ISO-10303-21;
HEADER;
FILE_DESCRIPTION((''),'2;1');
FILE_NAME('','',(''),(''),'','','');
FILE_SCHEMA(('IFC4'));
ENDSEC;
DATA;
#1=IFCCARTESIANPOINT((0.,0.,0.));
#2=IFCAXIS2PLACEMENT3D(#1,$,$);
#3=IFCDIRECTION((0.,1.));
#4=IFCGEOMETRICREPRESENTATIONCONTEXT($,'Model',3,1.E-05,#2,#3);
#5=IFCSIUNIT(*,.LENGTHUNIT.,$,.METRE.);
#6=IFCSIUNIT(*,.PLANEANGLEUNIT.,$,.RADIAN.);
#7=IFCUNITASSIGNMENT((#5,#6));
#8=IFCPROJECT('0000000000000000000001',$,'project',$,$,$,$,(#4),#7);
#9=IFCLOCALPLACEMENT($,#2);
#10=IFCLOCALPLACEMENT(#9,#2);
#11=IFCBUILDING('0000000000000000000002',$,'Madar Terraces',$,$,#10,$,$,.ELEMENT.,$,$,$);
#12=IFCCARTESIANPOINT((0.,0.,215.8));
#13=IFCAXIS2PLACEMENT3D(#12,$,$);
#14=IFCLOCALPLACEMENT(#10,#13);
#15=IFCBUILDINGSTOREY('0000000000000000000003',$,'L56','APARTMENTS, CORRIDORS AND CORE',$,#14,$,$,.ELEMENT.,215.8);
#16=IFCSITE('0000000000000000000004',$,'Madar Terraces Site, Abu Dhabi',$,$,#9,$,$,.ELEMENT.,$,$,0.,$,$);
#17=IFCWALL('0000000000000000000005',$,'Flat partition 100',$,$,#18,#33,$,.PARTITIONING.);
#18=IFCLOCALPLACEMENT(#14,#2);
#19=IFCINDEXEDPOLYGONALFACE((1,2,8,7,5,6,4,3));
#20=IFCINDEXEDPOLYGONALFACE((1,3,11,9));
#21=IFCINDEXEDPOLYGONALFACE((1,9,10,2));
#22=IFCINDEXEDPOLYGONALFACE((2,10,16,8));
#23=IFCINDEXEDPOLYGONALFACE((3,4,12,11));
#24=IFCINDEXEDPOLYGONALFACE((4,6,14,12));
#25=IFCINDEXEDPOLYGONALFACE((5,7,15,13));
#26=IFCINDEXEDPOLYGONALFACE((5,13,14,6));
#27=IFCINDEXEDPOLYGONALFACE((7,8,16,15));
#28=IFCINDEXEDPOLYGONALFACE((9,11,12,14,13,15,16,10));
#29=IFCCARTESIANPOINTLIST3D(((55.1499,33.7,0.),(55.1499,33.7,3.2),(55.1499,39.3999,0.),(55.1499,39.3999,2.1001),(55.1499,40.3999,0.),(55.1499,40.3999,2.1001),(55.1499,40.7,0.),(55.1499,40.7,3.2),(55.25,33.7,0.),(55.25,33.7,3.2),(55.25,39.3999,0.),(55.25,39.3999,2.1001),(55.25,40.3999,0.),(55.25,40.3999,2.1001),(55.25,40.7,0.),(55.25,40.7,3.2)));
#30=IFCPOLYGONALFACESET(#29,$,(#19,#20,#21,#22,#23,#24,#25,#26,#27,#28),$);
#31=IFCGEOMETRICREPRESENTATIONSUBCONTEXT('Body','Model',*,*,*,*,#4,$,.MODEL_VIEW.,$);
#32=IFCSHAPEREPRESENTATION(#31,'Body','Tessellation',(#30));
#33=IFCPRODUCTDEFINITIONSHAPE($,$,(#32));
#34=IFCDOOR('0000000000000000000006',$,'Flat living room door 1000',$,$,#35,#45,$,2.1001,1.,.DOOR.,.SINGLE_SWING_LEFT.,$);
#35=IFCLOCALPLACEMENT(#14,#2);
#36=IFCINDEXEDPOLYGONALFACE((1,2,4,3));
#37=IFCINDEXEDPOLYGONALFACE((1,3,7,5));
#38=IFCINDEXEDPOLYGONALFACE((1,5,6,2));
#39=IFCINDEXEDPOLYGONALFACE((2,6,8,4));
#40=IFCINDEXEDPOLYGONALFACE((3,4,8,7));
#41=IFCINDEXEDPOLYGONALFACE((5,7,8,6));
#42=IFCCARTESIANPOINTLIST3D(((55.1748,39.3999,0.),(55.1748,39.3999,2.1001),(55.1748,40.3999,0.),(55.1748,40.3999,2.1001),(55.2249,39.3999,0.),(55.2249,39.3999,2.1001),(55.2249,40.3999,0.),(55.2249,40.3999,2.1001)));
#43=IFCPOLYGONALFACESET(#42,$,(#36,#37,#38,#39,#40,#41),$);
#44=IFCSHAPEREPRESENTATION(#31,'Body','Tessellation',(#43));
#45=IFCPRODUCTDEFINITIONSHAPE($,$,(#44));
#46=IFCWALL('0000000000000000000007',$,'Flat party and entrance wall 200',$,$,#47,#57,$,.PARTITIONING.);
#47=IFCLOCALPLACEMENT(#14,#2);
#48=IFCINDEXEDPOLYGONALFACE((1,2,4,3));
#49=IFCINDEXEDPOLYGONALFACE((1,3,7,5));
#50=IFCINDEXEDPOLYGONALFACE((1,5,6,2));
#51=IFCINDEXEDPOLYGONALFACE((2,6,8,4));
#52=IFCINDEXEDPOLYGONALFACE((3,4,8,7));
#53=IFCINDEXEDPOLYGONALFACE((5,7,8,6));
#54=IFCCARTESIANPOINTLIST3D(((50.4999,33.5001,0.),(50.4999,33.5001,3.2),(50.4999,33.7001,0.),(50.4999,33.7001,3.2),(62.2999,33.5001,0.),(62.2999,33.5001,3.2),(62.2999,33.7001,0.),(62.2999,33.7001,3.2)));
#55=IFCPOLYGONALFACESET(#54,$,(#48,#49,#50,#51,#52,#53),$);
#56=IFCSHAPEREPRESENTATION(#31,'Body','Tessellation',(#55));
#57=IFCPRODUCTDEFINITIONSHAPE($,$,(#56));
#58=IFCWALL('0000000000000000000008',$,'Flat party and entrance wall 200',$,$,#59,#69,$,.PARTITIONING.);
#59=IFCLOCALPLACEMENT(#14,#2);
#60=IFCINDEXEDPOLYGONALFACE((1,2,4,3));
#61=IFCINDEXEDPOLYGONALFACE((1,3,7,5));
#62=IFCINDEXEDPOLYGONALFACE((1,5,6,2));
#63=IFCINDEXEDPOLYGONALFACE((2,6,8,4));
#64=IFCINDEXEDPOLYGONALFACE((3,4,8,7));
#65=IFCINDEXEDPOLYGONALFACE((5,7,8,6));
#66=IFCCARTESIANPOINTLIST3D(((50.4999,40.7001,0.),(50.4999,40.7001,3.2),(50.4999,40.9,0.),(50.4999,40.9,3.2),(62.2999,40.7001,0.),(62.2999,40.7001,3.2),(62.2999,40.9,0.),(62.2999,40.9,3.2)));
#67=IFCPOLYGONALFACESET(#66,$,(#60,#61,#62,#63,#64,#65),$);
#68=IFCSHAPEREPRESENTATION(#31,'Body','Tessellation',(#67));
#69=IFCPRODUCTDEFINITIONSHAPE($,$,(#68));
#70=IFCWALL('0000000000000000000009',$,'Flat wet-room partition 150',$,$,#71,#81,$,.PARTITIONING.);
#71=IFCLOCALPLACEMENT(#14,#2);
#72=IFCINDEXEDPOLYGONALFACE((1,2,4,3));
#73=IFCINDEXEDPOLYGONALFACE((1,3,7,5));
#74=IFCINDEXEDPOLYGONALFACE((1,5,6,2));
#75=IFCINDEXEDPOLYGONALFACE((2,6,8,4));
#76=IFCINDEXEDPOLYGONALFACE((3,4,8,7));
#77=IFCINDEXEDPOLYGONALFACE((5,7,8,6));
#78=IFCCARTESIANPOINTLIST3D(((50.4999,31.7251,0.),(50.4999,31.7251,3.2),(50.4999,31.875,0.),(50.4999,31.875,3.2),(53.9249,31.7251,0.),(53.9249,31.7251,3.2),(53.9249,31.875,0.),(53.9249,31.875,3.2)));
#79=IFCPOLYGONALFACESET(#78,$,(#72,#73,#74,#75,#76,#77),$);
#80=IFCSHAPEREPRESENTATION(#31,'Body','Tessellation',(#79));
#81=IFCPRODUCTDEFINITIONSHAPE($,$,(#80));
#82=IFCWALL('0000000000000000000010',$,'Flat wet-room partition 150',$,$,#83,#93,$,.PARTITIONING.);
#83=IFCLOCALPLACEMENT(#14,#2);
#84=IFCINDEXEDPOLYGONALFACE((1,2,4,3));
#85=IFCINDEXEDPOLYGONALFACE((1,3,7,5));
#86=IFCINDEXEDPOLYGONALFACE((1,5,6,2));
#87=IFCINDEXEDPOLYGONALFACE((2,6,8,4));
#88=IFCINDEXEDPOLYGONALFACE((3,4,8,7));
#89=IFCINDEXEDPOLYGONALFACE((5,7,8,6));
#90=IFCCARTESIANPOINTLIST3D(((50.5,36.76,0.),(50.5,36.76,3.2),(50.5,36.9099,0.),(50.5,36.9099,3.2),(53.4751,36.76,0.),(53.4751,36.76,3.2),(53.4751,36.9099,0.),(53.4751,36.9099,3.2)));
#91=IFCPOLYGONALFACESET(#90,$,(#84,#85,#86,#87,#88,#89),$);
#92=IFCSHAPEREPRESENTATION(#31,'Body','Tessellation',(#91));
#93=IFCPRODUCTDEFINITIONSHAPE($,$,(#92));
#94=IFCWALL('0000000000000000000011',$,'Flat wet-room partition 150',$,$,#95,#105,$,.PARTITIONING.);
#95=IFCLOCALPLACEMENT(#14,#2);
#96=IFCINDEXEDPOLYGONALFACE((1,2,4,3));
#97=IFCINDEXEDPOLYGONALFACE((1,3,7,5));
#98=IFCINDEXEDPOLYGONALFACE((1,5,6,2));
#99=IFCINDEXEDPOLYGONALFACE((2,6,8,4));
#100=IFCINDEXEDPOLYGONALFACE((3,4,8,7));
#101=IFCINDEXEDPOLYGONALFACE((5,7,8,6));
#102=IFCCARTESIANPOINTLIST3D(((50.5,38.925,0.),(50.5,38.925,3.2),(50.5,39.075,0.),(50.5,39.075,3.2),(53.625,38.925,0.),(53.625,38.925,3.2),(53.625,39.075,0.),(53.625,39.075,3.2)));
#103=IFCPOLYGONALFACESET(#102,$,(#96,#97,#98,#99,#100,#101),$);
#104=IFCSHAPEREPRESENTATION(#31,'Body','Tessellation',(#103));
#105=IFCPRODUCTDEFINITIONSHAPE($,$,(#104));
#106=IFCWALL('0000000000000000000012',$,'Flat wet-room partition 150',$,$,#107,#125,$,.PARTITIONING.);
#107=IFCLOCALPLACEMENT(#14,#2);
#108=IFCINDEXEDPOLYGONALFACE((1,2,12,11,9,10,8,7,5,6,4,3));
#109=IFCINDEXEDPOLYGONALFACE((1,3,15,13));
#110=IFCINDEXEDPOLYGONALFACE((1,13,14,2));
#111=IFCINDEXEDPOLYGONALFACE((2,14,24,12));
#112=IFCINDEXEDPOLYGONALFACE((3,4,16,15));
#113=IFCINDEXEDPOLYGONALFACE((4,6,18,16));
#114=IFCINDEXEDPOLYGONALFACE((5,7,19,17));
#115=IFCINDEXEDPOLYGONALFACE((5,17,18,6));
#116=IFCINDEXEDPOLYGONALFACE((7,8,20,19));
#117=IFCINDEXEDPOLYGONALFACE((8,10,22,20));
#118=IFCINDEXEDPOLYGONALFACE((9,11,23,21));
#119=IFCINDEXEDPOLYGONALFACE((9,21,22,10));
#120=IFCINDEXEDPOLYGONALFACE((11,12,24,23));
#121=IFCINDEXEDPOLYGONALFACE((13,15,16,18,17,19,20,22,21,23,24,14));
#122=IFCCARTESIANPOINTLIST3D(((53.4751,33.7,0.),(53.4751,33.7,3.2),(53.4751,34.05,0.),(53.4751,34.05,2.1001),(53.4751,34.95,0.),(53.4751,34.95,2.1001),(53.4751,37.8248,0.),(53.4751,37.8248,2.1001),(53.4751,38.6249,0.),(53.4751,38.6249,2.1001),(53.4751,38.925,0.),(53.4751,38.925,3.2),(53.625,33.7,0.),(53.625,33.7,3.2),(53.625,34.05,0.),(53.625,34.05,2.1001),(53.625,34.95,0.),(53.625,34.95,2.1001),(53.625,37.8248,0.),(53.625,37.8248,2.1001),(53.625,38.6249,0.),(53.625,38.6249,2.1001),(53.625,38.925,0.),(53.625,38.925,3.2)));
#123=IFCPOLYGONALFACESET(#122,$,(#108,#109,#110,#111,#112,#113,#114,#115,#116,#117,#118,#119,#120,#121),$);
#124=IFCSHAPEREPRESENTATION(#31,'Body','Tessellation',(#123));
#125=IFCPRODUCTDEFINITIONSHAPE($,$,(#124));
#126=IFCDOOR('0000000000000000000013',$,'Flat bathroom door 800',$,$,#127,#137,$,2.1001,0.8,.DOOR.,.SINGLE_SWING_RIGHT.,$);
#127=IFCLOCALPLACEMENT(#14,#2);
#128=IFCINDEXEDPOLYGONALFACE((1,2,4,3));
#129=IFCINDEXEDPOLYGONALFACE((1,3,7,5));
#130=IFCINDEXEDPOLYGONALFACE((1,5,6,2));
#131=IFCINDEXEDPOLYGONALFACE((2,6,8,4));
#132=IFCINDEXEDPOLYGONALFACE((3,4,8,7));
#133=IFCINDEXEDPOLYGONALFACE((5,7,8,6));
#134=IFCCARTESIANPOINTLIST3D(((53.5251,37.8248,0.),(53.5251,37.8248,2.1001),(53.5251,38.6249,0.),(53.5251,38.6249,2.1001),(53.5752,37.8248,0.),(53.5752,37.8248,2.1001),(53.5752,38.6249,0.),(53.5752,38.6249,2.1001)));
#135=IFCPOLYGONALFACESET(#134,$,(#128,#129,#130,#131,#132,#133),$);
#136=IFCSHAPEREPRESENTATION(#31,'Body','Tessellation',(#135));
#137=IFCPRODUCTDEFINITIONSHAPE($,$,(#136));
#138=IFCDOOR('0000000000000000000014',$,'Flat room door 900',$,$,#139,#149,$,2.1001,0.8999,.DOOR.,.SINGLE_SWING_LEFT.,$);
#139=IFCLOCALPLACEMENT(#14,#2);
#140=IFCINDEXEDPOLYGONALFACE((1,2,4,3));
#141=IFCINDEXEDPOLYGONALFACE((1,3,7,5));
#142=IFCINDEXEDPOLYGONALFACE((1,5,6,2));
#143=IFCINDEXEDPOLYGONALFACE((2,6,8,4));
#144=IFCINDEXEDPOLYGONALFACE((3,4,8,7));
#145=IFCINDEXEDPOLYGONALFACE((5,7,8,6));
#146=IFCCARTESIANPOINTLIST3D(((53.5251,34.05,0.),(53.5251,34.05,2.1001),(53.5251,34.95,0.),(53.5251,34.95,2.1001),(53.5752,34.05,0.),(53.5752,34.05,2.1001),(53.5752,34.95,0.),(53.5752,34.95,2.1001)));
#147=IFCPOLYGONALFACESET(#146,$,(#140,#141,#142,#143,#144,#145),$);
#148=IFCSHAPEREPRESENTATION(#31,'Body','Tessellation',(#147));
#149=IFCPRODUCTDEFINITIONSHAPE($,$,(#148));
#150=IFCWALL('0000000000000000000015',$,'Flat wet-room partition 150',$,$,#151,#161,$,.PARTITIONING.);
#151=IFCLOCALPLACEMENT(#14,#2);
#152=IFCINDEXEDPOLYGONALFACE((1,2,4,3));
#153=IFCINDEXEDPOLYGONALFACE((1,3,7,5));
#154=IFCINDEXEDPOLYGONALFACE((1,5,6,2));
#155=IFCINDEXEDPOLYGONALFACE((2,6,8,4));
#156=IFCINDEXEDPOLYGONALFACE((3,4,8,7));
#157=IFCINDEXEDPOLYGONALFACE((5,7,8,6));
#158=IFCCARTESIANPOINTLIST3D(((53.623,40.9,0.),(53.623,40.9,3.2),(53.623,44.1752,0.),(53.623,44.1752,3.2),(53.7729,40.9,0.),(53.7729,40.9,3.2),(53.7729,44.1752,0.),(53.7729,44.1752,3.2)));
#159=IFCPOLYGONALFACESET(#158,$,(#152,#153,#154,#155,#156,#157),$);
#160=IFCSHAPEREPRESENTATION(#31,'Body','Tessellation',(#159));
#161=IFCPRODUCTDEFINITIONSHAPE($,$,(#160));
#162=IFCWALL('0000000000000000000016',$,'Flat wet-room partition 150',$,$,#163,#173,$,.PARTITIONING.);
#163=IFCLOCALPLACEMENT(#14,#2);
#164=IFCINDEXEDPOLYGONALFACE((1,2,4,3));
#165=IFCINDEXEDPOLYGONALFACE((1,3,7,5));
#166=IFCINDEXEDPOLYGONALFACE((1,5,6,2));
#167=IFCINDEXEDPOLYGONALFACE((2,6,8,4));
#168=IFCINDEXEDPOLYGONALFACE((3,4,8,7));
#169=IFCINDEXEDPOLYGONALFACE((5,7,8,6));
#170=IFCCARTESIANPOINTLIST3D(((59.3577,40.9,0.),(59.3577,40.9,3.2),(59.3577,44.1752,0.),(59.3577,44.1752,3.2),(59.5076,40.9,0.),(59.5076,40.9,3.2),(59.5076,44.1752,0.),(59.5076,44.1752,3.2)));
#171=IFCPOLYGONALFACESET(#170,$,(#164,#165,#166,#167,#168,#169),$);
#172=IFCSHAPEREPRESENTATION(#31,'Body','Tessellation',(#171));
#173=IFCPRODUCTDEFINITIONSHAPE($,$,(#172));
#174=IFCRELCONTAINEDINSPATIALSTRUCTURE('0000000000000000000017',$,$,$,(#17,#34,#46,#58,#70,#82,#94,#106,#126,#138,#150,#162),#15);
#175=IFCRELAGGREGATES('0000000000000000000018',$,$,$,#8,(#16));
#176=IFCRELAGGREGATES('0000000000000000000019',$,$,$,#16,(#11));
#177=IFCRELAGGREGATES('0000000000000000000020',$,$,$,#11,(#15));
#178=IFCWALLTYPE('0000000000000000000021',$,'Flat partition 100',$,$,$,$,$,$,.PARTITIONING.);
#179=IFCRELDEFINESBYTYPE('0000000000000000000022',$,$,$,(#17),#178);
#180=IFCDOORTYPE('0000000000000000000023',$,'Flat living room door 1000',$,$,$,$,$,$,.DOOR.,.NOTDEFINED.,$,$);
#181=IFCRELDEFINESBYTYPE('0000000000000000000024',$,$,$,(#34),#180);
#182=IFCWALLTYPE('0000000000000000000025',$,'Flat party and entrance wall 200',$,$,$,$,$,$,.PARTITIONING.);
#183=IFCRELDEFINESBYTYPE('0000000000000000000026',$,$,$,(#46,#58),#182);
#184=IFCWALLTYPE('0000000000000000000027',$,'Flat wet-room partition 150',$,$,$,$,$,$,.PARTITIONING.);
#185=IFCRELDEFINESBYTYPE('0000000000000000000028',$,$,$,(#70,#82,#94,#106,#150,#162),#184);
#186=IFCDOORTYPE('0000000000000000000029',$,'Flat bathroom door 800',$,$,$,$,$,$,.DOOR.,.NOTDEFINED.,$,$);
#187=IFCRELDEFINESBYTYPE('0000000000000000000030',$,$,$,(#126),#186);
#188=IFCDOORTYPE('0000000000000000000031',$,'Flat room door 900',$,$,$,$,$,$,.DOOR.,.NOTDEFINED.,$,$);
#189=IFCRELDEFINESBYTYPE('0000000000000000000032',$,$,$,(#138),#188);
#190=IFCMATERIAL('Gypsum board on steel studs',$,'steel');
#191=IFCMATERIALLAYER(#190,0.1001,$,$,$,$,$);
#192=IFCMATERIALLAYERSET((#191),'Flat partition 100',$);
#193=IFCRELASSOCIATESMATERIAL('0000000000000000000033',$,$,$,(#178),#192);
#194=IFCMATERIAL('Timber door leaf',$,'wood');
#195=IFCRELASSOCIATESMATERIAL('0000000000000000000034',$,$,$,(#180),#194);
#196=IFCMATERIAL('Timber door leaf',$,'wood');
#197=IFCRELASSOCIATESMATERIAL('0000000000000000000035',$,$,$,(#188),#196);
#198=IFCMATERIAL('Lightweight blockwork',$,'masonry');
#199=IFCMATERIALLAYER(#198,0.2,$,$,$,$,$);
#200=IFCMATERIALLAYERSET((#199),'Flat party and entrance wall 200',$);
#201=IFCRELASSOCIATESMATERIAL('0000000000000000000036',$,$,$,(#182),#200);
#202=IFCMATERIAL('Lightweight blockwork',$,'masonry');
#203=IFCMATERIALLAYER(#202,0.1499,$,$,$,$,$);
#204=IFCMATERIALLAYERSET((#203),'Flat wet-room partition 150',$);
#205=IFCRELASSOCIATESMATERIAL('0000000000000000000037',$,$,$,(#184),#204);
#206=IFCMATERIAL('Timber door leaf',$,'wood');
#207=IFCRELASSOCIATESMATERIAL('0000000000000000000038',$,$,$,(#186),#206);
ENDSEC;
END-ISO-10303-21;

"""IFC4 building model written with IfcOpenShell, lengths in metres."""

from ifc_helpers import new_model, si_unit, direction, frame, frame_2d, origin, place, context, subcontext, project, spatial, rectangle, extrude, material, layer, layer_set, type_object, element, fill, save


model = new_model("IFC4")

# Units and contexts
model_context = context("Model", 3, precision=1e-05, world=origin(), true_north=direction((0.0, 1.0)))
body_context = subcontext(model_context, "Body", "Model", "MODEL_VIEW")
ifc_project = project(units=[si_unit("LENGTHUNIT", "METRE"), si_unit("PLANEANGLEUNIT", "RADIAN")], contexts=[model_context])

# Site, building, storey
site_placement = place(None, origin())
site = spatial("IfcSite", under=ifc_project, at=site_placement, Name="Madar Terraces Site, Abu Dhabi", CompositionType="ELEMENT", RefElevation=0.0)
building_placement = place(site_placement, origin())
building = spatial("IfcBuilding", under=site, at=building_placement, Name="Madar Terraces", CompositionType="ELEMENT")
storey_placement = place(building_placement, frame((0.0, 0.0, 215.8)))
storey = spatial("IfcBuildingStorey", under=building, at=storey_placement, Name="L56", Description="APARTMENTS, CORRIDORS AND CORE", CompositionType="ELEMENT", Elevation=215.8)

# Shared definitions
ifc_material_1 = material(Name="Gypsum board on steel studs", Category="steel")
ifc_layer_1 = layer(ifc_material_1, 0.1001)
ifc_layer_set_1 = layer_set([ifc_layer_1], Name="Flat partition 100")
wall_type_1 = type_object("IfcWallType", Name="Flat partition 100", PredefinedType="PARTITIONING", material=ifc_layer_set_1)
ifc_material_2 = material(Name="Timber door leaf", Category="wood")
door_type_1 = type_object("IfcDoorType", Name="Flat living room door 1000", OperationType="NOTDEFINED", PredefinedType="DOOR", material=ifc_material_2)
ifc_material_3 = material(Name="Timber door leaf", Category="wood")
door_type_2 = type_object("IfcDoorType", Name="Flat room door 900", OperationType="NOTDEFINED", PredefinedType="DOOR", material=ifc_material_3)

# Wall, opening, door
wall_1_placement = place(storey_placement, frame((55.2, 40.7, 0.0), z_axis=(0.0, 0.0, 1.0), x_axis=(0.0, -1.0, 0.0)))
wall_1 = element("IfcWall", 1, at=wall_1_placement, inside=storey, type_object=wall_type_1, Name="Flat partition 100", PredefinedType="PARTITIONING", context=body_context, shape_type="SweptSolid", body=[
    extrude(rectangle(XDim=7.0, YDim=0.1001, at=frame_2d((3.5, 0.0))), origin(), (0.0, 0.0, 1.0), 3.2),
])
opening_1_placement = place(wall_1_placement, frame((0.3, 0.0, 0.0)))
opening_1 = element("IfcOpeningElement", 2, at=opening_1_placement, cuts=wall_1, PredefinedType="OPENING", context=body_context, shape_type="SweptSolid", body=[
    extrude(rectangle(XDim=1.0, YDim=2.1001, at=frame_2d((0.5, 1.05))), frame((0.0, 0.0601, 0.0), z_axis=(0.0, -1.0, 0.0), x_axis=(1.0, 0.0, 0.0)), (0.0, 0.0, 1.0), 0.1201),
])
door_1_placement = place(opening_1_placement, origin())
door_1 = element("IfcDoor", 3, at=door_1_placement, inside=storey, type_object=door_type_1, Name="Flat living room door 1000", OperationType="SINGLE_SWING_LEFT", OverallHeight=2.1001, OverallWidth=1.0, PredefinedType="DOOR", context=body_context, shape_type="SweptSolid", body=[
    extrude(rectangle(XDim=1.0, YDim=2.1001, at=frame_2d((0.5, 1.05))), frame((0.0, 0.0249, 0.0), z_axis=(0.0, -1.0, 0.0), x_axis=(1.0, 0.0, 0.0)), (0.0, 0.0, 1.0), 0.05),
])
fill(opening_1, door_1)

# Walls
ifc_material_4 = material(Name="Lightweight blockwork", Category="masonry")
ifc_layer_2 = layer(ifc_material_4, 0.2)
ifc_layer_set_2 = layer_set([ifc_layer_2], Name="Flat party and entrance wall 200")
wall_type_2 = type_object("IfcWallType", Name="Flat party and entrance wall 200", PredefinedType="PARTITIONING", material=ifc_layer_set_2)
for number, where, z_axis, x_axis, name in (
    (4, (50.5, 33.6001, 0.0), (0.0, 0.0, 1.0), (1.0, 0.0, 0.0), "Flat party and entrance wall 200"),
    (5, (50.5, 40.8, 0.0), (0.0, 0.0, 1.0), (1.0, 0.0, 0.0), "Flat party and entrance wall 200"),
):
    element("IfcWall", number, at=place(storey_placement, frame(where, z_axis=z_axis, x_axis=x_axis)), inside=storey, type_object=wall_type_2, Name=name, PredefinedType="PARTITIONING", context=body_context, shape_type="SweptSolid", body=[
        extrude(rectangle(XDim=11.8, YDim=0.2, at=frame_2d((5.8999, 0.0))), origin(), (0.0, 0.0, 1.0), 3.2),
    ])
ifc_material_5 = material(Name="Lightweight blockwork", Category="masonry")
ifc_layer_3 = layer(ifc_material_5, 0.1499)
ifc_layer_set_3 = layer_set([ifc_layer_3], Name="Flat wet-room partition 150")
wall_type_3 = type_object("IfcWallType", Name="Flat wet-room partition 150", PredefinedType="PARTITIONING", material=ifc_layer_set_3)
wall_2_placement = place(storey_placement, frame((50.5, 31.8, 0.0), z_axis=(0.0, 0.0, 1.0), x_axis=(1.0, 0.0, 0.0)))
element("IfcWall", 6, at=wall_2_placement, inside=storey, type_object=wall_type_3, Name="Flat wet-room partition 150", PredefinedType="PARTITIONING", context=body_context, shape_type="SweptSolid", body=[
    extrude(rectangle(XDim=3.425, YDim=0.1499, at=frame_2d((1.7124, 0.0))), origin(), (0.0, 0.0, 1.0), 3.2),
])
wall_3_placement = place(storey_placement, frame((50.5, 36.835, 0.0), z_axis=(0.0, 0.0, 1.0), x_axis=(1.0, 0.0, 0.0)))
element("IfcWall", 7, at=wall_3_placement, inside=storey, type_object=wall_type_3, Name="Flat wet-room partition 150", PredefinedType="PARTITIONING", context=body_context, shape_type="SweptSolid", body=[
    extrude(rectangle(XDim=2.9751, YDim=0.1499, at=frame_2d((1.4875, 0.0))), origin(), (0.0, 0.0, 1.0), 3.2),
])
wall_4_placement = place(storey_placement, frame((50.5, 39.0, 0.0), z_axis=(0.0, 0.0, 1.0), x_axis=(1.0, 0.0, 0.0)))
element("IfcWall", 8, at=wall_4_placement, inside=storey, type_object=wall_type_3, Name="Flat wet-room partition 150", PredefinedType="PARTITIONING", context=body_context, shape_type="SweptSolid", body=[
    extrude(rectangle(XDim=3.125, YDim=0.1499, at=frame_2d((1.5625, 0.0))), origin(), (0.0, 0.0, 1.0), 3.2),
])

# Wall, openings, doors
wall_5_placement = place(storey_placement, frame((53.55, 33.7, 0.0), z_axis=(0.0, 0.0, 1.0), x_axis=(0.0, 1.0, 0.0)))
wall_5 = element("IfcWall", 9, at=wall_5_placement, inside=storey, type_object=wall_type_3, Name="Flat wet-room partition 150", PredefinedType="PARTITIONING", context=body_context, shape_type="SweptSolid", body=[
    extrude(rectangle(XDim=5.2251, YDim=0.1499, at=frame_2d((2.6125, 0.0))), origin(), (0.0, 0.0, 1.0), 3.2),
])
opening_2_placement = place(wall_5_placement, frame((4.125, 0.0, 0.0)))
opening_2 = element("IfcOpeningElement", 10, at=opening_2_placement, cuts=wall_5, PredefinedType="OPENING", context=body_context, shape_type="SweptSolid", body=[
    extrude(rectangle(XDim=0.8, YDim=2.1001, at=frame_2d((0.3999, 1.05))), frame((0.0, 0.085, 0.0), z_axis=(0.0, -1.0, 0.0), x_axis=(1.0, 0.0, 0.0)), (0.0, 0.0, 1.0), 0.1699),
])
opening_3_placement = place(wall_5_placement, frame((0.3501, 0.0, 0.0)))
opening_3 = element("IfcOpeningElement", 11, at=opening_3_placement, cuts=wall_5, PredefinedType="OPENING", context=body_context, shape_type="SweptSolid", body=[
    extrude(rectangle(XDim=0.8999, YDim=2.1001, at=frame_2d((0.45, 1.05))), frame((0.0, 0.085, 0.0), z_axis=(0.0, -1.0, 0.0), x_axis=(1.0, 0.0, 0.0)), (0.0, 0.0, 1.0), 0.1699),
])
ifc_material_6 = material(Name="Timber door leaf", Category="wood")
door_type_3 = type_object("IfcDoorType", Name="Flat bathroom door 800", OperationType="NOTDEFINED", PredefinedType="DOOR", material=ifc_material_6)
door_2_placement = place(opening_2_placement, origin())
door_2 = element("IfcDoor", 12, at=door_2_placement, inside=storey, type_object=door_type_3, Name="Flat bathroom door 800", OperationType="SINGLE_SWING_RIGHT", OverallHeight=2.1001, OverallWidth=0.8, PredefinedType="DOOR", context=body_context, shape_type="SweptSolid", body=[
    extrude(rectangle(XDim=0.8, YDim=2.1001, at=frame_2d((0.3999, 1.05))), frame((0.0, 0.0249, 0.0), z_axis=(0.0, -1.0, 0.0), x_axis=(1.0, 0.0, 0.0)), (0.0, 0.0, 1.0), 0.05),
])
fill(opening_2, door_2)
door_3_placement = place(opening_3_placement, origin())
door_3 = element("IfcDoor", 13, at=door_3_placement, inside=storey, type_object=door_type_2, Name="Flat room door 900", OperationType="SINGLE_SWING_LEFT", OverallHeight=2.1001, OverallWidth=0.8999, PredefinedType="DOOR", context=body_context, shape_type="SweptSolid", body=[
    extrude(rectangle(XDim=0.8999, YDim=2.1001, at=frame_2d((0.45, 1.05))), frame((0.0, 0.0249, 0.0), z_axis=(0.0, -1.0, 0.0), x_axis=(1.0, 0.0, 0.0)), (0.0, 0.0, 1.0), 0.05),
])
fill(opening_3, door_3)

# Walls
for number, where, z_axis, x_axis, name in (
    (14, (53.698, 40.8999, 0.0), (0.0, 0.0, 1.0), (0.0, 1.0, 0.0), "Flat wet-room partition 150"),
    (15, (59.4326, 40.8999, 0.0), (0.0, 0.0, 1.0), (0.0, 1.0, 0.0), "Flat wet-room partition 150"),
):
    element("IfcWall", number, at=place(storey_placement, frame(where, z_axis=z_axis, x_axis=x_axis)), inside=storey, type_object=wall_type_3, Name=name, PredefinedType="PARTITIONING", context=body_context, shape_type="SweptSolid", body=[
        extrude(rectangle(XDim=3.2751, YDim=0.1499, at=frame_2d((1.6377, 0.0))), origin(), (0.0, 0.0, 1.0), 3.2),
    ])

save(model, "model.ifc")
